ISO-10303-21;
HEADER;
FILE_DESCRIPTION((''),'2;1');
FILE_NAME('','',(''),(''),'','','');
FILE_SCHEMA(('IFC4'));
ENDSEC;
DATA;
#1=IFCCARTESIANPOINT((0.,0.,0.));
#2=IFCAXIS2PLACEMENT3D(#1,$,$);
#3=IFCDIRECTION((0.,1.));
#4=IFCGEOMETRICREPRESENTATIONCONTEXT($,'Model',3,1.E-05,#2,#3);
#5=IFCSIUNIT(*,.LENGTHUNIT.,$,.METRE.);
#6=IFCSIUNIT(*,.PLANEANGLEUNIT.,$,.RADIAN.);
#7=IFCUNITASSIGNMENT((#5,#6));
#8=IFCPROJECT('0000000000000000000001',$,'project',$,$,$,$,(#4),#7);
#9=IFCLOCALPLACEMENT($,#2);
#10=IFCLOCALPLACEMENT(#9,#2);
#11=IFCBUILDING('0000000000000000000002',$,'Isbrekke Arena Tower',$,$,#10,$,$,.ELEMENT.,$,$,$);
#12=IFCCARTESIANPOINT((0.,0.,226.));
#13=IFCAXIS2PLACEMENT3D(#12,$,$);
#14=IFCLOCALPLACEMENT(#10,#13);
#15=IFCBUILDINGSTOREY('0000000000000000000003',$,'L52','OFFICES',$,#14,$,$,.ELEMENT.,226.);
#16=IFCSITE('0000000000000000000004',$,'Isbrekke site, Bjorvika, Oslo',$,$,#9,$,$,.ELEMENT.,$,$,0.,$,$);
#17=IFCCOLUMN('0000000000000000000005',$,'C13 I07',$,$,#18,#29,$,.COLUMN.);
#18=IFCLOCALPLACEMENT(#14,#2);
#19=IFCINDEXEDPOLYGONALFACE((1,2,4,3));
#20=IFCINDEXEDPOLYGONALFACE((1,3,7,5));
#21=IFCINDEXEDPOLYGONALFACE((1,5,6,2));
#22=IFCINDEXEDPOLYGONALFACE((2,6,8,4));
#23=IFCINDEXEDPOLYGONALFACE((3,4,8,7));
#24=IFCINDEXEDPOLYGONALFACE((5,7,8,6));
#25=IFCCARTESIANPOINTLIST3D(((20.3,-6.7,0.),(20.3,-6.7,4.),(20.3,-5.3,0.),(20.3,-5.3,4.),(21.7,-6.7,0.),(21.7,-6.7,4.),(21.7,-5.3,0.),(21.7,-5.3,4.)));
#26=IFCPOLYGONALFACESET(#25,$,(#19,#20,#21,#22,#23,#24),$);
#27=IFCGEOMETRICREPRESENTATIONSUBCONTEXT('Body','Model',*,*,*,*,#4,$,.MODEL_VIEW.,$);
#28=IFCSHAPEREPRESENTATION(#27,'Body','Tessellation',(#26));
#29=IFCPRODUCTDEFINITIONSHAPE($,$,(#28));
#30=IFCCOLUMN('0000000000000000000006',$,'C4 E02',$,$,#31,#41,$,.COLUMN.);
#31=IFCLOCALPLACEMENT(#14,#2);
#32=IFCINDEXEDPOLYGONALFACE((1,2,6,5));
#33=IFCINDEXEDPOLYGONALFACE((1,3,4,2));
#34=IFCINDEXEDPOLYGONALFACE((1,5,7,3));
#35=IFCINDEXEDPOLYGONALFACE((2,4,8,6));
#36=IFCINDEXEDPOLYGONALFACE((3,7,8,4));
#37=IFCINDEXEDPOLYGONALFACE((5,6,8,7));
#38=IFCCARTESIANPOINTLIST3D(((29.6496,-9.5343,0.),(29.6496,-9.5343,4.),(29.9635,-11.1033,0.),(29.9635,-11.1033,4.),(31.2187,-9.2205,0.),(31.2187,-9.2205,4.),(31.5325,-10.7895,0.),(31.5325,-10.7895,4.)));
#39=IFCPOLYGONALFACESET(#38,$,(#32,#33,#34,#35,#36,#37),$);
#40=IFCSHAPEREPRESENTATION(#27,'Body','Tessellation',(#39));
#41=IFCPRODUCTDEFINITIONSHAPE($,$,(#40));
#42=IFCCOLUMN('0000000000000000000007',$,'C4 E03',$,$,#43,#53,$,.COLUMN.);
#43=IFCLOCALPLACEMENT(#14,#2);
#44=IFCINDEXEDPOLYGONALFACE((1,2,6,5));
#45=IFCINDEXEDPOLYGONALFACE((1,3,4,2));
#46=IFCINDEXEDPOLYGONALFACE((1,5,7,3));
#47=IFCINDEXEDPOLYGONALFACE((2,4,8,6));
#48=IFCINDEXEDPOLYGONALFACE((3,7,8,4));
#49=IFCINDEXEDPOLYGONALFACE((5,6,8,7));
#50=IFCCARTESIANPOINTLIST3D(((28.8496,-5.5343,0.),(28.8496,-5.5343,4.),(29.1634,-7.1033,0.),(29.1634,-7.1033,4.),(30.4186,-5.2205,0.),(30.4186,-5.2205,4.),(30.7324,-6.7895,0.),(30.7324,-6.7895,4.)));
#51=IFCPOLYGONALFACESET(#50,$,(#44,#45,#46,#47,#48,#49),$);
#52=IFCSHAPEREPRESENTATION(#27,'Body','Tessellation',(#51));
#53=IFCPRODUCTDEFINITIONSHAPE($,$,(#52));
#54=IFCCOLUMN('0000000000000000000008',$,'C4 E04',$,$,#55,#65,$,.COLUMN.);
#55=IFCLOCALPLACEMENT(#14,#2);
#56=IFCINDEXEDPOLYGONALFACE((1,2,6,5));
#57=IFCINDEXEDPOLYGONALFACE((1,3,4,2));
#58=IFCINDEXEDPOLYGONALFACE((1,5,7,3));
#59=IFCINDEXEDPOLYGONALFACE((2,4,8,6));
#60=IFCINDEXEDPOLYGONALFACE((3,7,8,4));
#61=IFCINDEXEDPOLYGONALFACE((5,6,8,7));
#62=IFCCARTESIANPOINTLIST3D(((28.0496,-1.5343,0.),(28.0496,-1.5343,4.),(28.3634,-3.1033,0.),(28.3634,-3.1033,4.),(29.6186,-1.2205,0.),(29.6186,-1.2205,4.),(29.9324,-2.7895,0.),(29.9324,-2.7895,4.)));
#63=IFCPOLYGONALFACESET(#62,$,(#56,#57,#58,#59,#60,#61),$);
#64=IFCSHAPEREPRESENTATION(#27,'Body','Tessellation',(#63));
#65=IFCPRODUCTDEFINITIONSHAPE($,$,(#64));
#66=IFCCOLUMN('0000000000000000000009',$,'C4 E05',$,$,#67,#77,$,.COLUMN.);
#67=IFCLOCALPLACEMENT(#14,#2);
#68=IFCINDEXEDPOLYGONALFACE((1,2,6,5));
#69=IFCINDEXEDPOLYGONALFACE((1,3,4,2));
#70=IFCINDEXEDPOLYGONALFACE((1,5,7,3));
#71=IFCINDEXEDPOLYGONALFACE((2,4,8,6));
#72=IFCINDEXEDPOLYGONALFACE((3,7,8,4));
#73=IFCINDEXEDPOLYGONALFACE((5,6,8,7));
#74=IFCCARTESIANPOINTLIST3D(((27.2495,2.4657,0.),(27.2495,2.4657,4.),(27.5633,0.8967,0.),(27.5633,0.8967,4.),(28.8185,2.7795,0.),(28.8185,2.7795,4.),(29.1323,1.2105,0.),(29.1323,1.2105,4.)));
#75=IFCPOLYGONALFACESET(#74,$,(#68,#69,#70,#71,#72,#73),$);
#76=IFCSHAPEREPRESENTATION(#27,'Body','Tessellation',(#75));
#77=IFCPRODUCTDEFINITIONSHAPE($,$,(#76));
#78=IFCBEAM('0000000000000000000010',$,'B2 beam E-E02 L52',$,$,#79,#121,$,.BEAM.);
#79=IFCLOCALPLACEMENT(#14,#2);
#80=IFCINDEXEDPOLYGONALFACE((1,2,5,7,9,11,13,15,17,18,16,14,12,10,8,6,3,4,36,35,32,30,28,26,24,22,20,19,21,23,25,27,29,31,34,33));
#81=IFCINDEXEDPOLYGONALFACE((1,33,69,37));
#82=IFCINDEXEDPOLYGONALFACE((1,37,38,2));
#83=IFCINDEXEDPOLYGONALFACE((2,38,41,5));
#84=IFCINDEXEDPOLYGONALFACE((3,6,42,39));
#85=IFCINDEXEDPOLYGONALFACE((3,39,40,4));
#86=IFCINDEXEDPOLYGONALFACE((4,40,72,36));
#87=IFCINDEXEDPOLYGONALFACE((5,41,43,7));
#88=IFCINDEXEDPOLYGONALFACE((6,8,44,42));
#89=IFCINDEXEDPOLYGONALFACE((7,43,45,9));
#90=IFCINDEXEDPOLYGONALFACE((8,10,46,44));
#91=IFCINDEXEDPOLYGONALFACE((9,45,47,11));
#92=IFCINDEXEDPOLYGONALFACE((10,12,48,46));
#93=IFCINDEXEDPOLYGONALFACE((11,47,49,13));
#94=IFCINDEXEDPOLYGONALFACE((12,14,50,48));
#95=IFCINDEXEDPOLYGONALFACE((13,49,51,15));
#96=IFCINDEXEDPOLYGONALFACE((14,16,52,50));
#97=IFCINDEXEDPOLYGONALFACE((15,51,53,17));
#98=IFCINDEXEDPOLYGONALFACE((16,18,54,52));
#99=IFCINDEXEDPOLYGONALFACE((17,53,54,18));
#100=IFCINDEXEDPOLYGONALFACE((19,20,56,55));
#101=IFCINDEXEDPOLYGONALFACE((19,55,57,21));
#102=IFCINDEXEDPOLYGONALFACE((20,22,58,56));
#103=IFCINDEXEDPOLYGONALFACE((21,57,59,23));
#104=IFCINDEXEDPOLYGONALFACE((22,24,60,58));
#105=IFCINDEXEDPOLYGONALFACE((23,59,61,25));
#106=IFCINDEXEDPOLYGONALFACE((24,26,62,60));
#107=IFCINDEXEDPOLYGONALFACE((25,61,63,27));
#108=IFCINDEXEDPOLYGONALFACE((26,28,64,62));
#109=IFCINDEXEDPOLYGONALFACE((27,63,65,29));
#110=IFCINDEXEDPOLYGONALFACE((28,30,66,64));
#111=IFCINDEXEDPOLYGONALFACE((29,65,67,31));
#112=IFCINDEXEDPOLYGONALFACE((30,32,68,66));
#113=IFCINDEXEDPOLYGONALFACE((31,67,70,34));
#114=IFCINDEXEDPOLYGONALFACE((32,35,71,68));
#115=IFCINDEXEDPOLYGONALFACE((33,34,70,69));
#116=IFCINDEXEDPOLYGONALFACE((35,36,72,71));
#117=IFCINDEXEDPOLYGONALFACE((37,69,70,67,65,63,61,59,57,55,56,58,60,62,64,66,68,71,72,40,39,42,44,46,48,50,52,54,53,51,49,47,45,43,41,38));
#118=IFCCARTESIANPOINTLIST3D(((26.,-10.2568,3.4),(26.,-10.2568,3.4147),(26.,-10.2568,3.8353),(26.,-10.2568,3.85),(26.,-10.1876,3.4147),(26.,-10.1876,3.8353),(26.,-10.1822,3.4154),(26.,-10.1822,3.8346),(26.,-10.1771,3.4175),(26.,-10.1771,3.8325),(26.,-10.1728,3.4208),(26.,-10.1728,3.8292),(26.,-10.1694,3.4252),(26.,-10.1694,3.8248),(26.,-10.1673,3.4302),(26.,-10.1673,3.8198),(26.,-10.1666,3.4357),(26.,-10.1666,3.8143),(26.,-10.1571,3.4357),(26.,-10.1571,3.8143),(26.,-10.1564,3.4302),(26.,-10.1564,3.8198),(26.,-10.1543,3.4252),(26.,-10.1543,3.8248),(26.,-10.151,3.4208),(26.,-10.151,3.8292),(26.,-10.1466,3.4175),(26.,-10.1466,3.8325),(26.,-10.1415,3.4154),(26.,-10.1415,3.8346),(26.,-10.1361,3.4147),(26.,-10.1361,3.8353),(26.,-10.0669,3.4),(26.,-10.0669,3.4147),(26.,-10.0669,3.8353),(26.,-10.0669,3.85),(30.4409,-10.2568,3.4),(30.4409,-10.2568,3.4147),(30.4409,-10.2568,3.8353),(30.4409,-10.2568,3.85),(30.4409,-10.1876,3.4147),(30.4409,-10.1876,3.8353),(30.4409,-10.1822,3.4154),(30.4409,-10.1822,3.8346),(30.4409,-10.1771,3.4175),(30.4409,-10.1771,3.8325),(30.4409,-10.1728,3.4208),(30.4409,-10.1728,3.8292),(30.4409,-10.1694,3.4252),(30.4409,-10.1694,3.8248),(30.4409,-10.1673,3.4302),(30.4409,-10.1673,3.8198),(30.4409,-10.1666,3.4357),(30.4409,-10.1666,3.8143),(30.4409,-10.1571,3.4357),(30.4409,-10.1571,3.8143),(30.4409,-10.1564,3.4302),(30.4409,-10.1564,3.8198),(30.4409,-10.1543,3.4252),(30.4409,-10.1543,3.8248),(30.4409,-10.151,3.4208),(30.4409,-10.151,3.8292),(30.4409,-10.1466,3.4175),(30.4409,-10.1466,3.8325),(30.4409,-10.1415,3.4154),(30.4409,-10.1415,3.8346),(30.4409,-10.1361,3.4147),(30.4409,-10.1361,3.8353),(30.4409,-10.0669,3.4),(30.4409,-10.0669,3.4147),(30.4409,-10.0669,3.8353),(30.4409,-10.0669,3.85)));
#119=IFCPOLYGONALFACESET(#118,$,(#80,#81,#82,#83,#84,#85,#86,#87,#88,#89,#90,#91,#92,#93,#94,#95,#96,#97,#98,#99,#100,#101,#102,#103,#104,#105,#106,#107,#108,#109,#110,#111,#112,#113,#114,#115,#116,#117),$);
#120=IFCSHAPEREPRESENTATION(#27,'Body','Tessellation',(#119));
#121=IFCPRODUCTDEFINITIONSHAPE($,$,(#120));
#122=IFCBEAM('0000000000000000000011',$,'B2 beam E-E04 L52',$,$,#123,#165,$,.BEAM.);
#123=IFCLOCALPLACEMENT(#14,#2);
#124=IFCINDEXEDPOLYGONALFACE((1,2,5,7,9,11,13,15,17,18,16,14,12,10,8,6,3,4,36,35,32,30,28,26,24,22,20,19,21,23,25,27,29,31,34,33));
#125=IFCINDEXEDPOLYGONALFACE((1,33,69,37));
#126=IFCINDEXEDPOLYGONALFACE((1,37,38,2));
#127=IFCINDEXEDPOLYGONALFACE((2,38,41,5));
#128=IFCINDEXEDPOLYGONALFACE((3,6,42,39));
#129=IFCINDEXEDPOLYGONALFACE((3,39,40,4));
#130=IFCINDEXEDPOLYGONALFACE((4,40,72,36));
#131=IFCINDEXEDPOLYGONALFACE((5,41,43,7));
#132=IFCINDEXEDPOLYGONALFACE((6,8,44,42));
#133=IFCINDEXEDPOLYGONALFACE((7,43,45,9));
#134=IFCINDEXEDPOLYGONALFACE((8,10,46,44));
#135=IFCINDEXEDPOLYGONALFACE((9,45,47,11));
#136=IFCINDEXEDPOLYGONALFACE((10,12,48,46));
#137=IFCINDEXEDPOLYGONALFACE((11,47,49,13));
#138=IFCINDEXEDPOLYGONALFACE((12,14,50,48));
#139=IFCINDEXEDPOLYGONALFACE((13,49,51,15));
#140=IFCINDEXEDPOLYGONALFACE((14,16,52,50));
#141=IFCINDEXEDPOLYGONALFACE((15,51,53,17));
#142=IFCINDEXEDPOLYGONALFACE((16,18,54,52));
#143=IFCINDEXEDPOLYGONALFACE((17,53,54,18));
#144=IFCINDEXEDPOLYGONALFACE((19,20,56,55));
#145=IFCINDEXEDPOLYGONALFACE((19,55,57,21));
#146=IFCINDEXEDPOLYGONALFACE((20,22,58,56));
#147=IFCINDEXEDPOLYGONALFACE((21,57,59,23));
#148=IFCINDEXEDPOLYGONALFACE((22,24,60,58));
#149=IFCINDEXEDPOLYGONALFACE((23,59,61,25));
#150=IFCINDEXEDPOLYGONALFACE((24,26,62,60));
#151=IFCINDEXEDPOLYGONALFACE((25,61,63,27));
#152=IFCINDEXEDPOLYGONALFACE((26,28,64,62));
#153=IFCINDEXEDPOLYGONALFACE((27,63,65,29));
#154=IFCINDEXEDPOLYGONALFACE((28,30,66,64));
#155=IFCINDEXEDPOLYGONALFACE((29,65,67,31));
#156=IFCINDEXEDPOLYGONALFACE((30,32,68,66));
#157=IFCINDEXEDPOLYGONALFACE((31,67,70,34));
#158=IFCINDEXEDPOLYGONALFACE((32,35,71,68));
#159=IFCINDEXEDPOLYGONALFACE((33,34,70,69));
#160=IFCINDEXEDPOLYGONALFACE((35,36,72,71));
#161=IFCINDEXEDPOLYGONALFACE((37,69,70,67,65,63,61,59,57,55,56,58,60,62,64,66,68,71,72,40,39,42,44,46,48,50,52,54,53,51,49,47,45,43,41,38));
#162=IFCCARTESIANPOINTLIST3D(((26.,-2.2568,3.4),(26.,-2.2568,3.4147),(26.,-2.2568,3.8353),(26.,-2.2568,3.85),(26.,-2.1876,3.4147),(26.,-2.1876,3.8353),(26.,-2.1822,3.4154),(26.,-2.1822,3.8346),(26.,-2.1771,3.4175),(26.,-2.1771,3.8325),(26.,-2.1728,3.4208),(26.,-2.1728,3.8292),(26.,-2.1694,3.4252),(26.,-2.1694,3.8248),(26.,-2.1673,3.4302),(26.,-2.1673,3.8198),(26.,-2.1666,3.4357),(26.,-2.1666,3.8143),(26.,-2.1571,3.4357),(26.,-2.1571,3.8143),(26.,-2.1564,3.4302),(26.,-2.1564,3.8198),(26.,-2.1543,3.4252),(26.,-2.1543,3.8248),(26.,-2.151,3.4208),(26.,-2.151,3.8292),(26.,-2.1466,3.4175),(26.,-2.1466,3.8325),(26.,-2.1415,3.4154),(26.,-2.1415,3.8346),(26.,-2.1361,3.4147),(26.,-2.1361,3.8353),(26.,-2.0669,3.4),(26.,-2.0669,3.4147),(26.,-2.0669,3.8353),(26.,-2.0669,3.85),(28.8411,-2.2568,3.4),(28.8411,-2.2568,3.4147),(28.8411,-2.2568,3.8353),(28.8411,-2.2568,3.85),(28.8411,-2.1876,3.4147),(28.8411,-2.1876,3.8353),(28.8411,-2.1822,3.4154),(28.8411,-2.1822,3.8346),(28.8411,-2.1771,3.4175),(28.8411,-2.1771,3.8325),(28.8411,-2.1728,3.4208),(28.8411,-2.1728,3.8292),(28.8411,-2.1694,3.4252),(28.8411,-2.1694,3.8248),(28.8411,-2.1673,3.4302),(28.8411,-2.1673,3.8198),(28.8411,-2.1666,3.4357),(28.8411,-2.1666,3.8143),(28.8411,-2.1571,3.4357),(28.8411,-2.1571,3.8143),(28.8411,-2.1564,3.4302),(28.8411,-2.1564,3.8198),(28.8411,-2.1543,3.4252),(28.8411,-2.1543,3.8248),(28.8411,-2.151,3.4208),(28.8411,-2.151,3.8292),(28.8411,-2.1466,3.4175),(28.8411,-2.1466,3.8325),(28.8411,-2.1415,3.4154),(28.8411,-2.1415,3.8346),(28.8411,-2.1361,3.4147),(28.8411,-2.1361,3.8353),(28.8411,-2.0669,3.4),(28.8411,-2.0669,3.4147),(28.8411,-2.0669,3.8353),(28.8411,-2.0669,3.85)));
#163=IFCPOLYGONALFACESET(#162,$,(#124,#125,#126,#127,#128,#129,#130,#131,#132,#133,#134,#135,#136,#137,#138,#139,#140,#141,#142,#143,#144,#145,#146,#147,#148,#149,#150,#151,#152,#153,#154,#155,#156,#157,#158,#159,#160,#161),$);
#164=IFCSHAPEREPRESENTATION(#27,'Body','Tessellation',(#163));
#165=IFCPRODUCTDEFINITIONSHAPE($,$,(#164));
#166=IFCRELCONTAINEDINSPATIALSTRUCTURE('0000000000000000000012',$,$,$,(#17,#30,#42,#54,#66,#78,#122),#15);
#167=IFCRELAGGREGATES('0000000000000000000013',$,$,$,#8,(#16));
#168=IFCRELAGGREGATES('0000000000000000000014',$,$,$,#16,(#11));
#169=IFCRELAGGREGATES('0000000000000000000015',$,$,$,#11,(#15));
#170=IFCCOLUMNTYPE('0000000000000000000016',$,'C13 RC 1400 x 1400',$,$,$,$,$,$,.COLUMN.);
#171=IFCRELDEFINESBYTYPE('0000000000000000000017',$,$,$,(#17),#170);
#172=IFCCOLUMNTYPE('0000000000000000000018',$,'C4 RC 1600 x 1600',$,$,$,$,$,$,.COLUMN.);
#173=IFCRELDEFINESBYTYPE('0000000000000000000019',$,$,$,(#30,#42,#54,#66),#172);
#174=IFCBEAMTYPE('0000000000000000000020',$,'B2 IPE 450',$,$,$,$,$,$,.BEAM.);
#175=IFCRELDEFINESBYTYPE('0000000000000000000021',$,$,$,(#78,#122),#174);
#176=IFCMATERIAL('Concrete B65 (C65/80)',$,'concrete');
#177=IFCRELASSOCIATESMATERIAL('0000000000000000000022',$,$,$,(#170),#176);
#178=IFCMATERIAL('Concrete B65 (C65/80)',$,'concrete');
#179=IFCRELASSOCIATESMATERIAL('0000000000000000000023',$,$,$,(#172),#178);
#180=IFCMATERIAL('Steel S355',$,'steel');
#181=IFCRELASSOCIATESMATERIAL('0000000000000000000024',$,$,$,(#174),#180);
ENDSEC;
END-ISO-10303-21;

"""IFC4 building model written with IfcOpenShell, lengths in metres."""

from ifc_helpers import new_model, si_unit, direction, frame, origin, origin_2d, place, context, subcontext, project, spatial, rectangle, i_section, extrude, material, material_profile, profile_set, type_object, element, save


model = new_model("IFC4")

# Units and contexts
model_context = context("Model", 3, precision=1e-05, world=origin(), true_north=direction((0.0, 1.0)))
body_context = subcontext(model_context, "Body", "Model", "MODEL_VIEW")
ifc_project = project(units=[si_unit("LENGTHUNIT", "METRE"), si_unit("PLANEANGLEUNIT", "RADIAN")], contexts=[model_context])

# Site, building, storey
site_placement = place(None, origin())
site = spatial("IfcSite", under=ifc_project, at=site_placement, Name="Isbrekke site, Bjorvika, Oslo", CompositionType="ELEMENT", RefElevation=0.0)
building_placement = place(site_placement, origin())
building = spatial("IfcBuilding", under=site, at=building_placement, Name="Isbrekke Arena Tower", CompositionType="ELEMENT")
storey_placement = place(building_placement, frame((0.0, 0.0, 226.0)))
storey = spatial("IfcBuildingStorey", under=building, at=storey_placement, Name="L52", Description="OFFICES", CompositionType="ELEMENT", Elevation=226.0)

# Columns
ifc_material_1 = material(Name="Concrete B65 (C65/80)", Category="concrete")
ifc_material_profile_1 = material_profile(ifc_material_1, rectangle(XDim=1.3999, YDim=1.3999, at=origin_2d()), Name="RC 1400x1400")
ifc_profile_set_1 = profile_set([ifc_material_profile_1], Name="Concrete B65 (C65/80)")
column_type_1 = type_object("IfcColumnType", Name="C13 RC 1400 x 1400", PredefinedType="COLUMN", material=ifc_profile_set_1)
column_placement = place(storey_placement, frame((21.0, -6.0, 0.0), z_axis=(0.0, 0.0, 1.0), x_axis=(1.0, 0.0, 0.0)))
element("IfcColumn", 1, at=column_placement, inside=storey, type_object=column_type_1, Name="C13 I07", PredefinedType="COLUMN", context=body_context, shape_type="SweptSolid", body=[
    extrude(rectangle(XDim=1.3999, YDim=1.3999, at=origin_2d()), origin(), (0.0, 0.0, 1.0), 4.0),
])
ifc_material_2 = material(Name="Concrete B65 (C65/80)", Category="concrete")
ifc_material_profile_2 = material_profile(ifc_material_2, rectangle(XDim=1.6001, YDim=1.6001, at=origin_2d()), Name="RC 1600x1600")
ifc_profile_set_2 = profile_set([ifc_material_profile_2], Name="Concrete B65 (C65/80)")
column_type_2 = type_object("IfcColumnType", Name="C4 RC 1600 x 1600", PredefinedType="COLUMN", material=ifc_profile_set_2)
for number, where, z_axis, x_axis, name in (
    (2, (30.5911, -10.1619, 0.0), (0.0, 0.0, 1.0), (-0.196116, 0.980581, 0.0), "C4 E02"),
    (3, (29.791, -6.1619, 0.0), (0.0, 0.0, 1.0), (-0.196116, 0.980581, 0.0), "C4 E03"),
    (4, (28.991, -2.1619, 0.0), (0.0, 0.0, 1.0), (-0.196116, 0.980581, 0.0), "C4 E04"),
    (5, (28.1909, 1.8381, 0.0), (0.0, 0.0, 1.0), (-0.196116, 0.980581, 0.0), "C4 E05"),
):
    element("IfcColumn", number, at=place(storey_placement, frame(where, z_axis=z_axis, x_axis=x_axis)), inside=storey, type_object=column_type_2, Name=name, PredefinedType="COLUMN", context=body_context, shape_type="SweptSolid", body=[
        extrude(rectangle(XDim=1.6001, YDim=1.6001, at=origin_2d()), origin(), (0.0, 0.0, 1.0), 4.0),
    ])

# Beams
ifc_material_3 = material(Name="Steel S355", Category="steel")
ifc_material_profile_3 = material_profile(ifc_material_3, i_section(OverallWidth=0.1899, OverallDepth=0.45, WebThickness=0.0095, FlangeThickness=0.0146, FilletRadius=0.021, at=origin_2d()), Name="IPE 450")
ifc_profile_set_3 = profile_set([ifc_material_profile_3], Name="Steel S355")
beam_type_1 = type_object("IfcBeamType", Name="B2 IPE 450", PredefinedType="BEAM", material=ifc_profile_set_3)
beam_1_placement = place(storey_placement, frame((30.4409, -10.1619, 3.625), z_axis=(-1.0, 0.0, 0.0), x_axis=(0.0, -1.0, 0.0)))
element("IfcBeam", 6, at=beam_1_placement, inside=storey, type_object=beam_type_1, Name="B2 beam E-E02 L52", PredefinedType="BEAM", context=body_context, shape_type="SweptSolid", body=[
    extrude(i_section(OverallWidth=0.1899, OverallDepth=0.45, WebThickness=0.0095, FlangeThickness=0.0146, FilletRadius=0.021, at=origin_2d()), origin(), (0.0, 0.0, 1.0), 4.4409),
])
beam_2_placement = place(storey_placement, frame((28.8411, -2.1619, 3.625), z_axis=(-1.0, 0.0, 0.0), x_axis=(0.0, -1.0, 0.0)))
element("IfcBeam", 7, at=beam_2_placement, inside=storey, type_object=beam_type_1, Name="B2 beam E-E04 L52", PredefinedType="BEAM", context=body_context, shape_type="SweptSolid", body=[
    extrude(i_section(OverallWidth=0.1899, OverallDepth=0.45, WebThickness=0.0095, FlangeThickness=0.0146, FilletRadius=0.021, at=origin_2d()), origin(), (0.0, 0.0, 1.0), 2.8411),
])

save(model, "model.ifc")
